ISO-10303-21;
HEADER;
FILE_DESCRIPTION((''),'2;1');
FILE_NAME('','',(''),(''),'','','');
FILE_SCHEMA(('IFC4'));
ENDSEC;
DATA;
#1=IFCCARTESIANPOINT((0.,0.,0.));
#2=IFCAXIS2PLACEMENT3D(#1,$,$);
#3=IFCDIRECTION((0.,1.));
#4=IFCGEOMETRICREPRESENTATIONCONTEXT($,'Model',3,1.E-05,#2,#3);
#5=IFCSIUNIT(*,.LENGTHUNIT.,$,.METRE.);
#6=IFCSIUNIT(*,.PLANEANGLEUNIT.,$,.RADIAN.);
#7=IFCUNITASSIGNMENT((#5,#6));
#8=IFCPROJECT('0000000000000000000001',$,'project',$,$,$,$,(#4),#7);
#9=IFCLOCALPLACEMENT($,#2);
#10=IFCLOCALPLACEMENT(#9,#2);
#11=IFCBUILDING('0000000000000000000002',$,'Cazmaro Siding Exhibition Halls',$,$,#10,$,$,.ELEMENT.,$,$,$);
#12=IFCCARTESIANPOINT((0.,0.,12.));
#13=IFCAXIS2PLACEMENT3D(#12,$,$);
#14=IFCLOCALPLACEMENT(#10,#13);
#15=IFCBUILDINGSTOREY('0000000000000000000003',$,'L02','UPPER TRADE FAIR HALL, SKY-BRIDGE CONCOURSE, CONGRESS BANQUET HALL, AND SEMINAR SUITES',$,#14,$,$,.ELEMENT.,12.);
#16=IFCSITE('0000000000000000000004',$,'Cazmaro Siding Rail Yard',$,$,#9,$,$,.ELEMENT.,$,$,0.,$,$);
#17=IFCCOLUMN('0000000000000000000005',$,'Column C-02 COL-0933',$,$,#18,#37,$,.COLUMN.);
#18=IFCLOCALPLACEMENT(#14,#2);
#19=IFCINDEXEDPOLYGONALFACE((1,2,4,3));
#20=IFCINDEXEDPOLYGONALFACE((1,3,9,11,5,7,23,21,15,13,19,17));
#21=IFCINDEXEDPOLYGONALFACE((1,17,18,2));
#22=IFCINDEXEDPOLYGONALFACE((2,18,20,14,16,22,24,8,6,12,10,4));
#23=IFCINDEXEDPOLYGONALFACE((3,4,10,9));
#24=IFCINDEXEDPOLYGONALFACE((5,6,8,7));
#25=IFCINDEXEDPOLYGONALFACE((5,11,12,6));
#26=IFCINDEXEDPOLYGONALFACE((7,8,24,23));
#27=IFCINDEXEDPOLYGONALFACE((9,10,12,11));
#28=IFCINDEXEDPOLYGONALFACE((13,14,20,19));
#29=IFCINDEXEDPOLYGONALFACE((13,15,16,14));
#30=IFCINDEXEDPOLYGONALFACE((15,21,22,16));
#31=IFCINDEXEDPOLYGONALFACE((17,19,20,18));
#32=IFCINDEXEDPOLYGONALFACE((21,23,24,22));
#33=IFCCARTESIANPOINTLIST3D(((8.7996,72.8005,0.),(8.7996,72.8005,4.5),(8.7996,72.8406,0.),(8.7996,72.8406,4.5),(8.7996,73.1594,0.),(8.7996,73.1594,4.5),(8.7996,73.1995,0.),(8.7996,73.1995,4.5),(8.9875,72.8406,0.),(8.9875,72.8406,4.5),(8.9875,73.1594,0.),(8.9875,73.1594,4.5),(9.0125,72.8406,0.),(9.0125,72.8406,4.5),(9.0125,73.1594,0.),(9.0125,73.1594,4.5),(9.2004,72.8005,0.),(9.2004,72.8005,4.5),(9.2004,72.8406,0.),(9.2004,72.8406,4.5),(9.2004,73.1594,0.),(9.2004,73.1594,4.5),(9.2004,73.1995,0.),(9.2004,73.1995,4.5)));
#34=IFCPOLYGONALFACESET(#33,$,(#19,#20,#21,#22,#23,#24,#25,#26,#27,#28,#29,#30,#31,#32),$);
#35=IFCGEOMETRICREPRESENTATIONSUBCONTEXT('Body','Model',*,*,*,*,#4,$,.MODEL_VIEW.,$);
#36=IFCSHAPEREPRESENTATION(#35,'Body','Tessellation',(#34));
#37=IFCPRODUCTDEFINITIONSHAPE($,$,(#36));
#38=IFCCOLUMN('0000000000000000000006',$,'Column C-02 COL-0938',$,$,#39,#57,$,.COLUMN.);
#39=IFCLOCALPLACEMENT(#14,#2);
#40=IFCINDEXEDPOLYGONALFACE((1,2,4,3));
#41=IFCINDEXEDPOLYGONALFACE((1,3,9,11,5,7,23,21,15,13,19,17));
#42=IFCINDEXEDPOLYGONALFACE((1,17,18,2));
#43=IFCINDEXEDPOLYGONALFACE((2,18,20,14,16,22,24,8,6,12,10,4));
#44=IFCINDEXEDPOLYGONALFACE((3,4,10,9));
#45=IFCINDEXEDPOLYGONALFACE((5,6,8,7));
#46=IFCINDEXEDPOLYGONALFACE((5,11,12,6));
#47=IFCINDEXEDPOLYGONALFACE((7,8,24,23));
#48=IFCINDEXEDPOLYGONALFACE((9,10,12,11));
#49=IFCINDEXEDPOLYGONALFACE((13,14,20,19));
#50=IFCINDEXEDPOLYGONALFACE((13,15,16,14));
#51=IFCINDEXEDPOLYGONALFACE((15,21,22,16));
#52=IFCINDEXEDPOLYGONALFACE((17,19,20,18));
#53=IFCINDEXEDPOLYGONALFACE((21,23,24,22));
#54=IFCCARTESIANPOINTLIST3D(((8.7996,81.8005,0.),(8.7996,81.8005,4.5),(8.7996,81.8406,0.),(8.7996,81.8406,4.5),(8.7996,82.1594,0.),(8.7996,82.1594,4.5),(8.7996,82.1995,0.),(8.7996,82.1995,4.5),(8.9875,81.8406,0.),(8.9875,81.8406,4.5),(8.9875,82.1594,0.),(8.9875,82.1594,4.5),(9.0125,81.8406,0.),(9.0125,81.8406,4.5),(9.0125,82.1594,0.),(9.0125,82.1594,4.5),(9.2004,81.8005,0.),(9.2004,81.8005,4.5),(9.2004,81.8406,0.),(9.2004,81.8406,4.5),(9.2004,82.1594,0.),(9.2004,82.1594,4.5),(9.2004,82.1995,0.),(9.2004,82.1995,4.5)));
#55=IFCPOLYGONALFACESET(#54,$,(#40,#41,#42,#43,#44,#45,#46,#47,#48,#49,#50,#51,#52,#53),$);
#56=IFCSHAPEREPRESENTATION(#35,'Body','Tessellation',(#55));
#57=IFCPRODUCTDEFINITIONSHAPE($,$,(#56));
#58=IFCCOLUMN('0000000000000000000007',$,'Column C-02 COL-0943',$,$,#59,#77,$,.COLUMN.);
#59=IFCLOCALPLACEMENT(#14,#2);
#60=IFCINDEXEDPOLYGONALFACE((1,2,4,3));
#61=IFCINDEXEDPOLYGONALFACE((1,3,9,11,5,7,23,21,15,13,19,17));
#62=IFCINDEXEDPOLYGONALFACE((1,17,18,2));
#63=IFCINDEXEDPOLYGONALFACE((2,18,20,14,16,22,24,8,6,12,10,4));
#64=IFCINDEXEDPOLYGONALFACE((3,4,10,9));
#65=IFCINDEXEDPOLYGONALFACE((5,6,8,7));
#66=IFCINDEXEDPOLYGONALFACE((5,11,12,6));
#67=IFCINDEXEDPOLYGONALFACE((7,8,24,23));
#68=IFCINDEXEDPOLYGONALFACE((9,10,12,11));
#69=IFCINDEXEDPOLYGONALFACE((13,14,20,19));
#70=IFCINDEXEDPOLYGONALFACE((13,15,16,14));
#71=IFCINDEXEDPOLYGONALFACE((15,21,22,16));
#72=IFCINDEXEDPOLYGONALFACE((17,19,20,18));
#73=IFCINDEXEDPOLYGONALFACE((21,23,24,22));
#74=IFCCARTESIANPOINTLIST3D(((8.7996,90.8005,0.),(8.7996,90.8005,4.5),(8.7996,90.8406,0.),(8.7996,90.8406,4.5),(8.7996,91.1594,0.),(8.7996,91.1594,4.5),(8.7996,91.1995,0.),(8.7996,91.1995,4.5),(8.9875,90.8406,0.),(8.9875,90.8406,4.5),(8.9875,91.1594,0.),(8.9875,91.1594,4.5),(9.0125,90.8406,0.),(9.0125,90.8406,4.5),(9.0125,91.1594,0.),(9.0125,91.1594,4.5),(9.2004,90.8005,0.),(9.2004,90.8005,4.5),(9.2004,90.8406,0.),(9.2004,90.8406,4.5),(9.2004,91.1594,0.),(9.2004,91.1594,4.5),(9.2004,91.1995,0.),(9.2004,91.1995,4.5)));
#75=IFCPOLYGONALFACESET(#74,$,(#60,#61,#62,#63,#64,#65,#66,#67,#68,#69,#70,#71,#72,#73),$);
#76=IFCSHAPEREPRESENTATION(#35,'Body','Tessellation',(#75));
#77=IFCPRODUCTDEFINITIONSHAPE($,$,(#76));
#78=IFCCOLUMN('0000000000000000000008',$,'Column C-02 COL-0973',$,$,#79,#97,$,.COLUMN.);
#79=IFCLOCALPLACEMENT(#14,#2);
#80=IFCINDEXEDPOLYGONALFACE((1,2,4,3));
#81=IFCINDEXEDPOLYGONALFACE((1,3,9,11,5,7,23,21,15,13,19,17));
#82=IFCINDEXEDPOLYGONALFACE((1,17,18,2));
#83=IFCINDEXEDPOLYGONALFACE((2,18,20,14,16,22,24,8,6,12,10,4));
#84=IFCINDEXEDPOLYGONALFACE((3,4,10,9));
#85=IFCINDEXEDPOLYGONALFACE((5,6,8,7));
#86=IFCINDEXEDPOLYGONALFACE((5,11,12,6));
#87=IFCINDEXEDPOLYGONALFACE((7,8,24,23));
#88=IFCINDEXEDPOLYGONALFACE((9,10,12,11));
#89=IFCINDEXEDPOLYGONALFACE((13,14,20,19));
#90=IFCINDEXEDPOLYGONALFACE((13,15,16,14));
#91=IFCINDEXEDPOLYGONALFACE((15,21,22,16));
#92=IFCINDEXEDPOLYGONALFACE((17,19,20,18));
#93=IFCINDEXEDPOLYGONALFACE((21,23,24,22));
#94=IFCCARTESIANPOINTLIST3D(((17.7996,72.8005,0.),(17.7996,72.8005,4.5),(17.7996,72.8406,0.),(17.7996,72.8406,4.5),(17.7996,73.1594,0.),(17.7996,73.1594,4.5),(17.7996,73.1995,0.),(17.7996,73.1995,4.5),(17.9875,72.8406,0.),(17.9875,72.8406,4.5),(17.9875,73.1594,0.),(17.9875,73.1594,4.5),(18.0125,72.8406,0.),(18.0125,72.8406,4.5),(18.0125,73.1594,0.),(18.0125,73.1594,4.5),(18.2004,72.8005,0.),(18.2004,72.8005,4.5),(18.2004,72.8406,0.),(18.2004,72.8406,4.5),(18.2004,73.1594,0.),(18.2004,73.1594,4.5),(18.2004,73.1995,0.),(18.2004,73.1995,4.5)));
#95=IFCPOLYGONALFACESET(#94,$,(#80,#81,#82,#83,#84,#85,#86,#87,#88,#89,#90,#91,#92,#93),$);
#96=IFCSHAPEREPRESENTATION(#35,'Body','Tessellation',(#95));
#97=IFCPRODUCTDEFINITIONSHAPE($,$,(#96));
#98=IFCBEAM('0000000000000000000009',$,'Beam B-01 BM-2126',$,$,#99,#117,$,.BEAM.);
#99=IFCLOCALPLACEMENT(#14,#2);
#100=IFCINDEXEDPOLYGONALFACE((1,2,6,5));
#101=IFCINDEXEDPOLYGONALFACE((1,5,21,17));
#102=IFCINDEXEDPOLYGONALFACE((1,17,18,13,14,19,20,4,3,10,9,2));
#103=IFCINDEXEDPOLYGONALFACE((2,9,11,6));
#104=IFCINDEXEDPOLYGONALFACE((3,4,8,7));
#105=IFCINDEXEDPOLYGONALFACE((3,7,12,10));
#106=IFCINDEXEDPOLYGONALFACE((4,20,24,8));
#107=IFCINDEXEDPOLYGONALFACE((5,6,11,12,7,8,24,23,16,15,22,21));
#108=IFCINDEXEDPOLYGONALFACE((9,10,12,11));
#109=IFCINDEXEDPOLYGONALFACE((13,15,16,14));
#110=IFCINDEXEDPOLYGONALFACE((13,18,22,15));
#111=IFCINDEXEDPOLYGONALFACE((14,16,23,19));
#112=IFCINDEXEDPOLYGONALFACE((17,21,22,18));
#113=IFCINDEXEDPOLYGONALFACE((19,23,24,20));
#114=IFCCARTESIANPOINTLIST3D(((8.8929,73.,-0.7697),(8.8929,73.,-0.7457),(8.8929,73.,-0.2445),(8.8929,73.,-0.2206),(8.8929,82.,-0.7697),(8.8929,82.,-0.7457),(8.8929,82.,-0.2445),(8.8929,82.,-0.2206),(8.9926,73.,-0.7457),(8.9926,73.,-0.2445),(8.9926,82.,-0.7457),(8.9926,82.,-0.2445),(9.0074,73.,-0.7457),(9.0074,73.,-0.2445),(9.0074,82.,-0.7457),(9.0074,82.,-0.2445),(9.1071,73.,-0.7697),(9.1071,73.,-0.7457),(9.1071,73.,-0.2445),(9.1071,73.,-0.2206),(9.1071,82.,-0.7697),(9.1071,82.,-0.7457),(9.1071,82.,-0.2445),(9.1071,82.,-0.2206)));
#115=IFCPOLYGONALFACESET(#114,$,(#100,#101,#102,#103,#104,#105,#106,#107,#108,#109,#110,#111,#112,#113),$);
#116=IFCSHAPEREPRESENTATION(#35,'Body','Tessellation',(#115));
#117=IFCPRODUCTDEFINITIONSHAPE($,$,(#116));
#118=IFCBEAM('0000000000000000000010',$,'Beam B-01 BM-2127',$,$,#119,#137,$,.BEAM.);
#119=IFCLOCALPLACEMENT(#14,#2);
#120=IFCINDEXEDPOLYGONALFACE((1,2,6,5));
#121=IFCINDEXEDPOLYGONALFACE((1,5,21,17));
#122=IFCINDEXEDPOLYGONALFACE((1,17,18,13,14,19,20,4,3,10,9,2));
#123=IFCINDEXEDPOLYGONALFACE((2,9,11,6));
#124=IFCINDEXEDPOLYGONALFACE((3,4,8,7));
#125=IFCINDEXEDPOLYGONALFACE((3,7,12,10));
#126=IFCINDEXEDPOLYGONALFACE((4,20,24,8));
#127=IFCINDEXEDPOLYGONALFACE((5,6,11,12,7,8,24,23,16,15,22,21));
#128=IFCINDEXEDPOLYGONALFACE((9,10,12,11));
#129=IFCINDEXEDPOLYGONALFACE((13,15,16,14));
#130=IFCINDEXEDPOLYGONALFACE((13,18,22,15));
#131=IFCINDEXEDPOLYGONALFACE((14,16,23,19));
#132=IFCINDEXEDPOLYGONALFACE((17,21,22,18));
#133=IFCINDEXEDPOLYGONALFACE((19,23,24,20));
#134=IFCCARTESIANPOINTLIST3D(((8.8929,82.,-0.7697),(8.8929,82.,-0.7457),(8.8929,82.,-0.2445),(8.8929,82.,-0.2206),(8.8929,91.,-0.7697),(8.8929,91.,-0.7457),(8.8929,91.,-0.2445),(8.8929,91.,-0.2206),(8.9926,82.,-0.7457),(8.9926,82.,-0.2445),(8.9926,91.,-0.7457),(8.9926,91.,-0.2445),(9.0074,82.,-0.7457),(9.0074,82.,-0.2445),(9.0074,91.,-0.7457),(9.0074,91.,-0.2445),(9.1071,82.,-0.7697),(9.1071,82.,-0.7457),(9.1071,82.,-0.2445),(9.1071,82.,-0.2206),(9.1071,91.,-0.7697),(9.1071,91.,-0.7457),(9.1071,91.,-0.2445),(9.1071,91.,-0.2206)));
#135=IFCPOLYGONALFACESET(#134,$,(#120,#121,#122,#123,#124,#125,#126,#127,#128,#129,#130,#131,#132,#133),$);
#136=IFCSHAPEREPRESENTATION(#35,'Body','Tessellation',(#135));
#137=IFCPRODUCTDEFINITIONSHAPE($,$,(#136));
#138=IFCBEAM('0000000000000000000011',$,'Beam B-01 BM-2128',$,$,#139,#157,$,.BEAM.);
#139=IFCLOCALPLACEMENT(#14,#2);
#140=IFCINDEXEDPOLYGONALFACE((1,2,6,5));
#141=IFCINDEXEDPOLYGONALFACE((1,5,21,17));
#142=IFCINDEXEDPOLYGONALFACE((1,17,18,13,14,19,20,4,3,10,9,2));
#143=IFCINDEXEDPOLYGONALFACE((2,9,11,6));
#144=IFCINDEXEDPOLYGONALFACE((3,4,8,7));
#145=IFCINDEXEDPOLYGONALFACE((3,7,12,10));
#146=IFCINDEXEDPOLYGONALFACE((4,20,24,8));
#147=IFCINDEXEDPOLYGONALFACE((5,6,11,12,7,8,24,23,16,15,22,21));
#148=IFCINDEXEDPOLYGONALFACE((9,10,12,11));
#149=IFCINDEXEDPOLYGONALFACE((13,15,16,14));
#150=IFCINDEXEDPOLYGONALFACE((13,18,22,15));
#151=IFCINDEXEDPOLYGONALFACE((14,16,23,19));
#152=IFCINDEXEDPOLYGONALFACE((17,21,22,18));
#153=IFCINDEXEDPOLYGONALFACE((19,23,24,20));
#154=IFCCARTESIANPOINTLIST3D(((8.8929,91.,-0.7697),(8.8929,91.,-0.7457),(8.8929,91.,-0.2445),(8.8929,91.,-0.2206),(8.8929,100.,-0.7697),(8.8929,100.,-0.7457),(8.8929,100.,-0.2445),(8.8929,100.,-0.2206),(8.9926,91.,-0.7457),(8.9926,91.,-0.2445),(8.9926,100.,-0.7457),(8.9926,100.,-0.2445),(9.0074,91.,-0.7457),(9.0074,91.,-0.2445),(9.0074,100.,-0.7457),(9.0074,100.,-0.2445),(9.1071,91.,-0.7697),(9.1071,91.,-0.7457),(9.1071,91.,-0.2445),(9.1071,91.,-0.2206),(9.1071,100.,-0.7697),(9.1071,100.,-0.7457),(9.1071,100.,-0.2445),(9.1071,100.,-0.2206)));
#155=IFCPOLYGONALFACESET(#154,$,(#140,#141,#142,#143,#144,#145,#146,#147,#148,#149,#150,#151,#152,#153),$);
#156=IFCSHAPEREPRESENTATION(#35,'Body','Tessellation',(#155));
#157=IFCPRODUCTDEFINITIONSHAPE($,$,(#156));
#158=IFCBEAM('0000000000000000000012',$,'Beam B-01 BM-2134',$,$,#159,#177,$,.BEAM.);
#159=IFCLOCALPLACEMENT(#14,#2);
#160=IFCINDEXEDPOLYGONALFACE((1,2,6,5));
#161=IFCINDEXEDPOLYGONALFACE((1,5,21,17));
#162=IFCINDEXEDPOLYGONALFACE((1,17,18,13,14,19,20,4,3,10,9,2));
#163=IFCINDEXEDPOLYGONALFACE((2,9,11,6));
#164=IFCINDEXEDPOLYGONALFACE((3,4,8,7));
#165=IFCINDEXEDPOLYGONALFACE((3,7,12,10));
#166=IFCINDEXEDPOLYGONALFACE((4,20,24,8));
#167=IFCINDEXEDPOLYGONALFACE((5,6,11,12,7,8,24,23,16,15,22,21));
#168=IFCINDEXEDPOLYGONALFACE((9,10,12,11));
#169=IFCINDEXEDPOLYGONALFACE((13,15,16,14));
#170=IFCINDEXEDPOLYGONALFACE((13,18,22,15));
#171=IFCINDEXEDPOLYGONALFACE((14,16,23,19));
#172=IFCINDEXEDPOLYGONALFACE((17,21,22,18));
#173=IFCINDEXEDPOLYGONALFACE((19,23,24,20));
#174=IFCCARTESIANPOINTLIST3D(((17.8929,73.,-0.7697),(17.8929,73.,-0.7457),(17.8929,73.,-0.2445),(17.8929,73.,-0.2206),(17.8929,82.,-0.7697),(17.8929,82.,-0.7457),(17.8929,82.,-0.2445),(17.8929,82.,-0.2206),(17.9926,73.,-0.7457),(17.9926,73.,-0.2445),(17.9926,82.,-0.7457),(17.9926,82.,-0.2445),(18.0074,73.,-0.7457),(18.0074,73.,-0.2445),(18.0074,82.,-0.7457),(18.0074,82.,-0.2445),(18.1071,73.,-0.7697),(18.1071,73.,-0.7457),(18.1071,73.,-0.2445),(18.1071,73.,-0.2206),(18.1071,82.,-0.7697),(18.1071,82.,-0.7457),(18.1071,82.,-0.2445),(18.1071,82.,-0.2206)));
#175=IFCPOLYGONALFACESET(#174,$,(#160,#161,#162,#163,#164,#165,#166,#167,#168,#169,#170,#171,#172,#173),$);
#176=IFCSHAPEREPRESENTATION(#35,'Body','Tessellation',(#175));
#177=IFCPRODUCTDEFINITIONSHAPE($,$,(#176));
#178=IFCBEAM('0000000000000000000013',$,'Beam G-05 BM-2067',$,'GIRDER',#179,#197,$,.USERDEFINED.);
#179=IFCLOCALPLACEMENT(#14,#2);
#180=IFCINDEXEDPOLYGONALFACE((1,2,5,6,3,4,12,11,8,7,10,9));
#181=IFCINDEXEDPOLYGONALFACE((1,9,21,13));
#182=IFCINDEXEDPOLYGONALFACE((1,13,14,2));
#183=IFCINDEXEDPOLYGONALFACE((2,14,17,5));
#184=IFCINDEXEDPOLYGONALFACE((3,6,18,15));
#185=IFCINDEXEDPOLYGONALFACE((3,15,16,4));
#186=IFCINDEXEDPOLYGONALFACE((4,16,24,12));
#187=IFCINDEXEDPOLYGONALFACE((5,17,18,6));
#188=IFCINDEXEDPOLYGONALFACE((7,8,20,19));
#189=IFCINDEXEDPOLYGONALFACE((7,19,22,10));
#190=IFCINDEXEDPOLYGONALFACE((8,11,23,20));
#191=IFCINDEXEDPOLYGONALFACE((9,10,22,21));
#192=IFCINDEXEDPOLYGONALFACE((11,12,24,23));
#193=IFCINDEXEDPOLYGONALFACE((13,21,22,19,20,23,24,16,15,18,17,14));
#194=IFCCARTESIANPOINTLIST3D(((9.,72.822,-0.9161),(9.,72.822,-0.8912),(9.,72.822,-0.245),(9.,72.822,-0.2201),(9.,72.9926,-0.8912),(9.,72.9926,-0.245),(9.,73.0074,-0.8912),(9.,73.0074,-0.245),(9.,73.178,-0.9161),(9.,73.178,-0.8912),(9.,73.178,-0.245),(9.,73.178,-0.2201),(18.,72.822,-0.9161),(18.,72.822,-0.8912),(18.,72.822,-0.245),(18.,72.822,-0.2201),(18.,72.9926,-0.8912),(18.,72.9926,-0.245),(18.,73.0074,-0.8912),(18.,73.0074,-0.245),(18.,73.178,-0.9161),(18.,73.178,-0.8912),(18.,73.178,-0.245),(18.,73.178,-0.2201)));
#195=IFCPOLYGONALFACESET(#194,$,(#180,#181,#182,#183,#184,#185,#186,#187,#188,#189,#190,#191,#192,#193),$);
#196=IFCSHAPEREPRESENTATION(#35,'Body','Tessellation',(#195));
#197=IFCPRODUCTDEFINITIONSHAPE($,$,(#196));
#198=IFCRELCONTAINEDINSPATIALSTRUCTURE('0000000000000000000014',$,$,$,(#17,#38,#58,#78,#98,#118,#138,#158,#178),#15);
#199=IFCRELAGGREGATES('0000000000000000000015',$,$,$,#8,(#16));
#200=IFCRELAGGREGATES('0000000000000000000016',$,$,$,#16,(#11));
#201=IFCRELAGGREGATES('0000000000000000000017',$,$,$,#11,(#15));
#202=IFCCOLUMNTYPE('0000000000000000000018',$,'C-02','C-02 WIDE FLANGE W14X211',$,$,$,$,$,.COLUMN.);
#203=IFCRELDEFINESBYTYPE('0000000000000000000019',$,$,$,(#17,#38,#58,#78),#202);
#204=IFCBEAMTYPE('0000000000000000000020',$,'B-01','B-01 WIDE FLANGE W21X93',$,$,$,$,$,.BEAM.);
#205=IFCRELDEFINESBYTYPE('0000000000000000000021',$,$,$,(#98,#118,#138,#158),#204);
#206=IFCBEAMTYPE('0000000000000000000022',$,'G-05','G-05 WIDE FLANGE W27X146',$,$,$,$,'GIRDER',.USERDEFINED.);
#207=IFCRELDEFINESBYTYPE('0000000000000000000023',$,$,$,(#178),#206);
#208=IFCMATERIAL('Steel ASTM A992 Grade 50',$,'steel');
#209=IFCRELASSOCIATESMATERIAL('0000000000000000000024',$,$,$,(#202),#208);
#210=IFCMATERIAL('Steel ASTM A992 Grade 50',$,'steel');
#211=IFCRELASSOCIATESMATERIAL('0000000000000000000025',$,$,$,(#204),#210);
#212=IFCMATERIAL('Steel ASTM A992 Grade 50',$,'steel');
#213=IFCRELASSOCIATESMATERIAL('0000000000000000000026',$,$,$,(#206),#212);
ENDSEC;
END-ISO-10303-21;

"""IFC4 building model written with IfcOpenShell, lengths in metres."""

from ifc_helpers import new_model, si_unit, direction, frame, origin, origin_2d, place, context, subcontext, project, spatial, i_section, extrude, material, material_profile, profile_set, type_object, element, save


model = new_model("IFC4")

# Units and contexts
model_context = context("Model", 3, precision=1e-05, world=origin(), true_north=direction((0.0, 1.0)))
body_context = subcontext(model_context, "Body", "Model", "MODEL_VIEW")
ifc_project = project(units=[si_unit("LENGTHUNIT", "METRE"), si_unit("PLANEANGLEUNIT", "RADIAN")], contexts=[model_context])

# Site, building, storey
site_placement = place(None, origin())
site = spatial("IfcSite", under=ifc_project, at=site_placement, Name="Cazmaro Siding Rail Yard", CompositionType="ELEMENT", RefElevation=0.0)
building_placement = place(site_placement, origin())
building = spatial("IfcBuilding", under=site, at=building_placement, Name="Cazmaro Siding Exhibition Halls", CompositionType="ELEMENT")
storey_placement = place(building_placement, frame((0.0, 0.0, 12.0)))
storey = spatial("IfcBuildingStorey", under=building, at=storey_placement, Name="L02", Description="UPPER TRADE FAIR HALL, SKY-BRIDGE CONCOURSE, CONGRESS BANQUET HALL, AND SEMINAR SUITES", CompositionType="ELEMENT", Elevation=12.0)

# Columns
ifc_material_1 = material(Name="Steel ASTM A992 Grade 50", Category="steel")
ifc_material_profile_1 = material_profile(ifc_material_1, i_section(OverallWidth=0.4009, OverallDepth=0.3989, WebThickness=0.0249, FlangeThickness=0.04, at=origin_2d()), Name="W14X211")
ifc_profile_set_1 = profile_set([ifc_material_profile_1], Name="Steel ASTM A992 Grade 50")
column_type = type_object("IfcColumnType", Name="C-02", Description="C-02 WIDE FLANGE W14X211", PredefinedType="COLUMN", material=ifc_profile_set_1)
for number, where, z_axis, x_axis, name in (
    (1, (9.0, 73.0, 0.0), (0.0, 0.0, 1.0), (1.0, 0.0, 0.0), "Column C-02 COL-0933"),
    (2, (9.0, 82.0, 0.0), (0.0, 0.0, 1.0), (1.0, 0.0, 0.0), "Column C-02 COL-0938"),
    (3, (9.0, 91.0, 0.0), (0.0, 0.0, 1.0), (1.0, 0.0, 0.0), "Column C-02 COL-0943"),
    (4, (18.0, 73.0, 0.0), (0.0, 0.0, 1.0), (1.0, 0.0, 0.0), "Column C-02 COL-0973"),
):
    element("IfcColumn", number, at=place(storey_placement, frame(where, z_axis=z_axis, x_axis=x_axis)), inside=storey, type_object=column_type, Name=name, PredefinedType="COLUMN", context=body_context, shape_type="SweptSolid", body=[
        extrude(i_section(OverallWidth=0.4009, OverallDepth=0.3989, WebThickness=0.0249, FlangeThickness=0.04, at=origin_2d()), origin(), (0.0, 0.0, 1.0), 4.5),
    ])

# Beams
ifc_material_2 = material(Name="Steel ASTM A992 Grade 50", Category="steel")
ifc_material_profile_2 = material_profile(ifc_material_2, i_section(OverallWidth=0.2141, OverallDepth=0.5491, WebThickness=0.0149, FlangeThickness=0.0239, at=origin_2d()), Name="W21X93")
ifc_profile_set_2 = profile_set([ifc_material_profile_2], Name="Steel ASTM A992 Grade 50")
beam_type_1 = type_object("IfcBeamType", Name="B-01", Description="B-01 WIDE FLANGE W21X93", PredefinedType="BEAM", material=ifc_profile_set_2)
for number, where, z_axis, x_axis, name in (
    (5, (9.0, 73.0, -0.4951), (0.0, 1.0, 0.0), (-1.0, 0.0, 0.0), "Beam B-01 BM-2126"),
    (6, (9.0, 82.0, -0.4951), (0.0, 1.0, 0.0), (-1.0, 0.0, 0.0), "Beam B-01 BM-2127"),
    (7, (9.0, 91.0, -0.4951), (0.0, 1.0, 0.0), (-1.0, 0.0, 0.0), "Beam B-01 BM-2128"),
    (8, (18.0, 73.0, -0.4951), (0.0, 1.0, 0.0), (-1.0, 0.0, 0.0), "Beam B-01 BM-2134"),
):
    element("IfcBeam", number, at=place(storey_placement, frame(where, z_axis=z_axis, x_axis=x_axis)), inside=storey, type_object=beam_type_1, Name=name, PredefinedType="BEAM", context=body_context, shape_type="SweptSolid", body=[
        extrude(i_section(OverallWidth=0.2141, OverallDepth=0.5491, WebThickness=0.0149, FlangeThickness=0.0239, at=origin_2d()), origin(), (0.0, 0.0, 1.0), 9.0),
    ])
ifc_material_3 = material(Name="Steel ASTM A992 Grade 50", Category="steel")
ifc_material_profile_3 = material_profile(ifc_material_3, i_section(OverallWidth=0.356, OverallDepth=0.696, WebThickness=0.0149, FlangeThickness=0.0249, at=origin_2d()), Name="W27X146")
ifc_profile_set_3 = profile_set([ifc_material_profile_3], Name="Steel ASTM A992 Grade 50")
beam_type_2 = type_object("IfcBeamType", Name="G-05", Description="G-05 WIDE FLANGE W27X146", ElementType="GIRDER", PredefinedType="USERDEFINED", material=ifc_profile_set_3)
for number, where, z_axis, x_axis, name in (
    (9, (9.0, 73.0, -0.5681), (1.0, 0.0, 0.0), (0.0, 1.0, 0.0), "Beam G-05 BM-2067"),
):
    element("IfcBeam", number, at=place(storey_placement, frame(where, z_axis=z_axis, x_axis=x_axis)), inside=storey, type_object=beam_type_2, Name=name, ObjectType="GIRDER", PredefinedType="USERDEFINED", context=body_context, shape_type="SweptSolid", body=[
        extrude(i_section(OverallWidth=0.356, OverallDepth=0.696, WebThickness=0.0149, FlangeThickness=0.0249, at=origin_2d()), origin(), (0.0, 0.0, 1.0), 9.0),
    ])

save(model, "model.ifc")
